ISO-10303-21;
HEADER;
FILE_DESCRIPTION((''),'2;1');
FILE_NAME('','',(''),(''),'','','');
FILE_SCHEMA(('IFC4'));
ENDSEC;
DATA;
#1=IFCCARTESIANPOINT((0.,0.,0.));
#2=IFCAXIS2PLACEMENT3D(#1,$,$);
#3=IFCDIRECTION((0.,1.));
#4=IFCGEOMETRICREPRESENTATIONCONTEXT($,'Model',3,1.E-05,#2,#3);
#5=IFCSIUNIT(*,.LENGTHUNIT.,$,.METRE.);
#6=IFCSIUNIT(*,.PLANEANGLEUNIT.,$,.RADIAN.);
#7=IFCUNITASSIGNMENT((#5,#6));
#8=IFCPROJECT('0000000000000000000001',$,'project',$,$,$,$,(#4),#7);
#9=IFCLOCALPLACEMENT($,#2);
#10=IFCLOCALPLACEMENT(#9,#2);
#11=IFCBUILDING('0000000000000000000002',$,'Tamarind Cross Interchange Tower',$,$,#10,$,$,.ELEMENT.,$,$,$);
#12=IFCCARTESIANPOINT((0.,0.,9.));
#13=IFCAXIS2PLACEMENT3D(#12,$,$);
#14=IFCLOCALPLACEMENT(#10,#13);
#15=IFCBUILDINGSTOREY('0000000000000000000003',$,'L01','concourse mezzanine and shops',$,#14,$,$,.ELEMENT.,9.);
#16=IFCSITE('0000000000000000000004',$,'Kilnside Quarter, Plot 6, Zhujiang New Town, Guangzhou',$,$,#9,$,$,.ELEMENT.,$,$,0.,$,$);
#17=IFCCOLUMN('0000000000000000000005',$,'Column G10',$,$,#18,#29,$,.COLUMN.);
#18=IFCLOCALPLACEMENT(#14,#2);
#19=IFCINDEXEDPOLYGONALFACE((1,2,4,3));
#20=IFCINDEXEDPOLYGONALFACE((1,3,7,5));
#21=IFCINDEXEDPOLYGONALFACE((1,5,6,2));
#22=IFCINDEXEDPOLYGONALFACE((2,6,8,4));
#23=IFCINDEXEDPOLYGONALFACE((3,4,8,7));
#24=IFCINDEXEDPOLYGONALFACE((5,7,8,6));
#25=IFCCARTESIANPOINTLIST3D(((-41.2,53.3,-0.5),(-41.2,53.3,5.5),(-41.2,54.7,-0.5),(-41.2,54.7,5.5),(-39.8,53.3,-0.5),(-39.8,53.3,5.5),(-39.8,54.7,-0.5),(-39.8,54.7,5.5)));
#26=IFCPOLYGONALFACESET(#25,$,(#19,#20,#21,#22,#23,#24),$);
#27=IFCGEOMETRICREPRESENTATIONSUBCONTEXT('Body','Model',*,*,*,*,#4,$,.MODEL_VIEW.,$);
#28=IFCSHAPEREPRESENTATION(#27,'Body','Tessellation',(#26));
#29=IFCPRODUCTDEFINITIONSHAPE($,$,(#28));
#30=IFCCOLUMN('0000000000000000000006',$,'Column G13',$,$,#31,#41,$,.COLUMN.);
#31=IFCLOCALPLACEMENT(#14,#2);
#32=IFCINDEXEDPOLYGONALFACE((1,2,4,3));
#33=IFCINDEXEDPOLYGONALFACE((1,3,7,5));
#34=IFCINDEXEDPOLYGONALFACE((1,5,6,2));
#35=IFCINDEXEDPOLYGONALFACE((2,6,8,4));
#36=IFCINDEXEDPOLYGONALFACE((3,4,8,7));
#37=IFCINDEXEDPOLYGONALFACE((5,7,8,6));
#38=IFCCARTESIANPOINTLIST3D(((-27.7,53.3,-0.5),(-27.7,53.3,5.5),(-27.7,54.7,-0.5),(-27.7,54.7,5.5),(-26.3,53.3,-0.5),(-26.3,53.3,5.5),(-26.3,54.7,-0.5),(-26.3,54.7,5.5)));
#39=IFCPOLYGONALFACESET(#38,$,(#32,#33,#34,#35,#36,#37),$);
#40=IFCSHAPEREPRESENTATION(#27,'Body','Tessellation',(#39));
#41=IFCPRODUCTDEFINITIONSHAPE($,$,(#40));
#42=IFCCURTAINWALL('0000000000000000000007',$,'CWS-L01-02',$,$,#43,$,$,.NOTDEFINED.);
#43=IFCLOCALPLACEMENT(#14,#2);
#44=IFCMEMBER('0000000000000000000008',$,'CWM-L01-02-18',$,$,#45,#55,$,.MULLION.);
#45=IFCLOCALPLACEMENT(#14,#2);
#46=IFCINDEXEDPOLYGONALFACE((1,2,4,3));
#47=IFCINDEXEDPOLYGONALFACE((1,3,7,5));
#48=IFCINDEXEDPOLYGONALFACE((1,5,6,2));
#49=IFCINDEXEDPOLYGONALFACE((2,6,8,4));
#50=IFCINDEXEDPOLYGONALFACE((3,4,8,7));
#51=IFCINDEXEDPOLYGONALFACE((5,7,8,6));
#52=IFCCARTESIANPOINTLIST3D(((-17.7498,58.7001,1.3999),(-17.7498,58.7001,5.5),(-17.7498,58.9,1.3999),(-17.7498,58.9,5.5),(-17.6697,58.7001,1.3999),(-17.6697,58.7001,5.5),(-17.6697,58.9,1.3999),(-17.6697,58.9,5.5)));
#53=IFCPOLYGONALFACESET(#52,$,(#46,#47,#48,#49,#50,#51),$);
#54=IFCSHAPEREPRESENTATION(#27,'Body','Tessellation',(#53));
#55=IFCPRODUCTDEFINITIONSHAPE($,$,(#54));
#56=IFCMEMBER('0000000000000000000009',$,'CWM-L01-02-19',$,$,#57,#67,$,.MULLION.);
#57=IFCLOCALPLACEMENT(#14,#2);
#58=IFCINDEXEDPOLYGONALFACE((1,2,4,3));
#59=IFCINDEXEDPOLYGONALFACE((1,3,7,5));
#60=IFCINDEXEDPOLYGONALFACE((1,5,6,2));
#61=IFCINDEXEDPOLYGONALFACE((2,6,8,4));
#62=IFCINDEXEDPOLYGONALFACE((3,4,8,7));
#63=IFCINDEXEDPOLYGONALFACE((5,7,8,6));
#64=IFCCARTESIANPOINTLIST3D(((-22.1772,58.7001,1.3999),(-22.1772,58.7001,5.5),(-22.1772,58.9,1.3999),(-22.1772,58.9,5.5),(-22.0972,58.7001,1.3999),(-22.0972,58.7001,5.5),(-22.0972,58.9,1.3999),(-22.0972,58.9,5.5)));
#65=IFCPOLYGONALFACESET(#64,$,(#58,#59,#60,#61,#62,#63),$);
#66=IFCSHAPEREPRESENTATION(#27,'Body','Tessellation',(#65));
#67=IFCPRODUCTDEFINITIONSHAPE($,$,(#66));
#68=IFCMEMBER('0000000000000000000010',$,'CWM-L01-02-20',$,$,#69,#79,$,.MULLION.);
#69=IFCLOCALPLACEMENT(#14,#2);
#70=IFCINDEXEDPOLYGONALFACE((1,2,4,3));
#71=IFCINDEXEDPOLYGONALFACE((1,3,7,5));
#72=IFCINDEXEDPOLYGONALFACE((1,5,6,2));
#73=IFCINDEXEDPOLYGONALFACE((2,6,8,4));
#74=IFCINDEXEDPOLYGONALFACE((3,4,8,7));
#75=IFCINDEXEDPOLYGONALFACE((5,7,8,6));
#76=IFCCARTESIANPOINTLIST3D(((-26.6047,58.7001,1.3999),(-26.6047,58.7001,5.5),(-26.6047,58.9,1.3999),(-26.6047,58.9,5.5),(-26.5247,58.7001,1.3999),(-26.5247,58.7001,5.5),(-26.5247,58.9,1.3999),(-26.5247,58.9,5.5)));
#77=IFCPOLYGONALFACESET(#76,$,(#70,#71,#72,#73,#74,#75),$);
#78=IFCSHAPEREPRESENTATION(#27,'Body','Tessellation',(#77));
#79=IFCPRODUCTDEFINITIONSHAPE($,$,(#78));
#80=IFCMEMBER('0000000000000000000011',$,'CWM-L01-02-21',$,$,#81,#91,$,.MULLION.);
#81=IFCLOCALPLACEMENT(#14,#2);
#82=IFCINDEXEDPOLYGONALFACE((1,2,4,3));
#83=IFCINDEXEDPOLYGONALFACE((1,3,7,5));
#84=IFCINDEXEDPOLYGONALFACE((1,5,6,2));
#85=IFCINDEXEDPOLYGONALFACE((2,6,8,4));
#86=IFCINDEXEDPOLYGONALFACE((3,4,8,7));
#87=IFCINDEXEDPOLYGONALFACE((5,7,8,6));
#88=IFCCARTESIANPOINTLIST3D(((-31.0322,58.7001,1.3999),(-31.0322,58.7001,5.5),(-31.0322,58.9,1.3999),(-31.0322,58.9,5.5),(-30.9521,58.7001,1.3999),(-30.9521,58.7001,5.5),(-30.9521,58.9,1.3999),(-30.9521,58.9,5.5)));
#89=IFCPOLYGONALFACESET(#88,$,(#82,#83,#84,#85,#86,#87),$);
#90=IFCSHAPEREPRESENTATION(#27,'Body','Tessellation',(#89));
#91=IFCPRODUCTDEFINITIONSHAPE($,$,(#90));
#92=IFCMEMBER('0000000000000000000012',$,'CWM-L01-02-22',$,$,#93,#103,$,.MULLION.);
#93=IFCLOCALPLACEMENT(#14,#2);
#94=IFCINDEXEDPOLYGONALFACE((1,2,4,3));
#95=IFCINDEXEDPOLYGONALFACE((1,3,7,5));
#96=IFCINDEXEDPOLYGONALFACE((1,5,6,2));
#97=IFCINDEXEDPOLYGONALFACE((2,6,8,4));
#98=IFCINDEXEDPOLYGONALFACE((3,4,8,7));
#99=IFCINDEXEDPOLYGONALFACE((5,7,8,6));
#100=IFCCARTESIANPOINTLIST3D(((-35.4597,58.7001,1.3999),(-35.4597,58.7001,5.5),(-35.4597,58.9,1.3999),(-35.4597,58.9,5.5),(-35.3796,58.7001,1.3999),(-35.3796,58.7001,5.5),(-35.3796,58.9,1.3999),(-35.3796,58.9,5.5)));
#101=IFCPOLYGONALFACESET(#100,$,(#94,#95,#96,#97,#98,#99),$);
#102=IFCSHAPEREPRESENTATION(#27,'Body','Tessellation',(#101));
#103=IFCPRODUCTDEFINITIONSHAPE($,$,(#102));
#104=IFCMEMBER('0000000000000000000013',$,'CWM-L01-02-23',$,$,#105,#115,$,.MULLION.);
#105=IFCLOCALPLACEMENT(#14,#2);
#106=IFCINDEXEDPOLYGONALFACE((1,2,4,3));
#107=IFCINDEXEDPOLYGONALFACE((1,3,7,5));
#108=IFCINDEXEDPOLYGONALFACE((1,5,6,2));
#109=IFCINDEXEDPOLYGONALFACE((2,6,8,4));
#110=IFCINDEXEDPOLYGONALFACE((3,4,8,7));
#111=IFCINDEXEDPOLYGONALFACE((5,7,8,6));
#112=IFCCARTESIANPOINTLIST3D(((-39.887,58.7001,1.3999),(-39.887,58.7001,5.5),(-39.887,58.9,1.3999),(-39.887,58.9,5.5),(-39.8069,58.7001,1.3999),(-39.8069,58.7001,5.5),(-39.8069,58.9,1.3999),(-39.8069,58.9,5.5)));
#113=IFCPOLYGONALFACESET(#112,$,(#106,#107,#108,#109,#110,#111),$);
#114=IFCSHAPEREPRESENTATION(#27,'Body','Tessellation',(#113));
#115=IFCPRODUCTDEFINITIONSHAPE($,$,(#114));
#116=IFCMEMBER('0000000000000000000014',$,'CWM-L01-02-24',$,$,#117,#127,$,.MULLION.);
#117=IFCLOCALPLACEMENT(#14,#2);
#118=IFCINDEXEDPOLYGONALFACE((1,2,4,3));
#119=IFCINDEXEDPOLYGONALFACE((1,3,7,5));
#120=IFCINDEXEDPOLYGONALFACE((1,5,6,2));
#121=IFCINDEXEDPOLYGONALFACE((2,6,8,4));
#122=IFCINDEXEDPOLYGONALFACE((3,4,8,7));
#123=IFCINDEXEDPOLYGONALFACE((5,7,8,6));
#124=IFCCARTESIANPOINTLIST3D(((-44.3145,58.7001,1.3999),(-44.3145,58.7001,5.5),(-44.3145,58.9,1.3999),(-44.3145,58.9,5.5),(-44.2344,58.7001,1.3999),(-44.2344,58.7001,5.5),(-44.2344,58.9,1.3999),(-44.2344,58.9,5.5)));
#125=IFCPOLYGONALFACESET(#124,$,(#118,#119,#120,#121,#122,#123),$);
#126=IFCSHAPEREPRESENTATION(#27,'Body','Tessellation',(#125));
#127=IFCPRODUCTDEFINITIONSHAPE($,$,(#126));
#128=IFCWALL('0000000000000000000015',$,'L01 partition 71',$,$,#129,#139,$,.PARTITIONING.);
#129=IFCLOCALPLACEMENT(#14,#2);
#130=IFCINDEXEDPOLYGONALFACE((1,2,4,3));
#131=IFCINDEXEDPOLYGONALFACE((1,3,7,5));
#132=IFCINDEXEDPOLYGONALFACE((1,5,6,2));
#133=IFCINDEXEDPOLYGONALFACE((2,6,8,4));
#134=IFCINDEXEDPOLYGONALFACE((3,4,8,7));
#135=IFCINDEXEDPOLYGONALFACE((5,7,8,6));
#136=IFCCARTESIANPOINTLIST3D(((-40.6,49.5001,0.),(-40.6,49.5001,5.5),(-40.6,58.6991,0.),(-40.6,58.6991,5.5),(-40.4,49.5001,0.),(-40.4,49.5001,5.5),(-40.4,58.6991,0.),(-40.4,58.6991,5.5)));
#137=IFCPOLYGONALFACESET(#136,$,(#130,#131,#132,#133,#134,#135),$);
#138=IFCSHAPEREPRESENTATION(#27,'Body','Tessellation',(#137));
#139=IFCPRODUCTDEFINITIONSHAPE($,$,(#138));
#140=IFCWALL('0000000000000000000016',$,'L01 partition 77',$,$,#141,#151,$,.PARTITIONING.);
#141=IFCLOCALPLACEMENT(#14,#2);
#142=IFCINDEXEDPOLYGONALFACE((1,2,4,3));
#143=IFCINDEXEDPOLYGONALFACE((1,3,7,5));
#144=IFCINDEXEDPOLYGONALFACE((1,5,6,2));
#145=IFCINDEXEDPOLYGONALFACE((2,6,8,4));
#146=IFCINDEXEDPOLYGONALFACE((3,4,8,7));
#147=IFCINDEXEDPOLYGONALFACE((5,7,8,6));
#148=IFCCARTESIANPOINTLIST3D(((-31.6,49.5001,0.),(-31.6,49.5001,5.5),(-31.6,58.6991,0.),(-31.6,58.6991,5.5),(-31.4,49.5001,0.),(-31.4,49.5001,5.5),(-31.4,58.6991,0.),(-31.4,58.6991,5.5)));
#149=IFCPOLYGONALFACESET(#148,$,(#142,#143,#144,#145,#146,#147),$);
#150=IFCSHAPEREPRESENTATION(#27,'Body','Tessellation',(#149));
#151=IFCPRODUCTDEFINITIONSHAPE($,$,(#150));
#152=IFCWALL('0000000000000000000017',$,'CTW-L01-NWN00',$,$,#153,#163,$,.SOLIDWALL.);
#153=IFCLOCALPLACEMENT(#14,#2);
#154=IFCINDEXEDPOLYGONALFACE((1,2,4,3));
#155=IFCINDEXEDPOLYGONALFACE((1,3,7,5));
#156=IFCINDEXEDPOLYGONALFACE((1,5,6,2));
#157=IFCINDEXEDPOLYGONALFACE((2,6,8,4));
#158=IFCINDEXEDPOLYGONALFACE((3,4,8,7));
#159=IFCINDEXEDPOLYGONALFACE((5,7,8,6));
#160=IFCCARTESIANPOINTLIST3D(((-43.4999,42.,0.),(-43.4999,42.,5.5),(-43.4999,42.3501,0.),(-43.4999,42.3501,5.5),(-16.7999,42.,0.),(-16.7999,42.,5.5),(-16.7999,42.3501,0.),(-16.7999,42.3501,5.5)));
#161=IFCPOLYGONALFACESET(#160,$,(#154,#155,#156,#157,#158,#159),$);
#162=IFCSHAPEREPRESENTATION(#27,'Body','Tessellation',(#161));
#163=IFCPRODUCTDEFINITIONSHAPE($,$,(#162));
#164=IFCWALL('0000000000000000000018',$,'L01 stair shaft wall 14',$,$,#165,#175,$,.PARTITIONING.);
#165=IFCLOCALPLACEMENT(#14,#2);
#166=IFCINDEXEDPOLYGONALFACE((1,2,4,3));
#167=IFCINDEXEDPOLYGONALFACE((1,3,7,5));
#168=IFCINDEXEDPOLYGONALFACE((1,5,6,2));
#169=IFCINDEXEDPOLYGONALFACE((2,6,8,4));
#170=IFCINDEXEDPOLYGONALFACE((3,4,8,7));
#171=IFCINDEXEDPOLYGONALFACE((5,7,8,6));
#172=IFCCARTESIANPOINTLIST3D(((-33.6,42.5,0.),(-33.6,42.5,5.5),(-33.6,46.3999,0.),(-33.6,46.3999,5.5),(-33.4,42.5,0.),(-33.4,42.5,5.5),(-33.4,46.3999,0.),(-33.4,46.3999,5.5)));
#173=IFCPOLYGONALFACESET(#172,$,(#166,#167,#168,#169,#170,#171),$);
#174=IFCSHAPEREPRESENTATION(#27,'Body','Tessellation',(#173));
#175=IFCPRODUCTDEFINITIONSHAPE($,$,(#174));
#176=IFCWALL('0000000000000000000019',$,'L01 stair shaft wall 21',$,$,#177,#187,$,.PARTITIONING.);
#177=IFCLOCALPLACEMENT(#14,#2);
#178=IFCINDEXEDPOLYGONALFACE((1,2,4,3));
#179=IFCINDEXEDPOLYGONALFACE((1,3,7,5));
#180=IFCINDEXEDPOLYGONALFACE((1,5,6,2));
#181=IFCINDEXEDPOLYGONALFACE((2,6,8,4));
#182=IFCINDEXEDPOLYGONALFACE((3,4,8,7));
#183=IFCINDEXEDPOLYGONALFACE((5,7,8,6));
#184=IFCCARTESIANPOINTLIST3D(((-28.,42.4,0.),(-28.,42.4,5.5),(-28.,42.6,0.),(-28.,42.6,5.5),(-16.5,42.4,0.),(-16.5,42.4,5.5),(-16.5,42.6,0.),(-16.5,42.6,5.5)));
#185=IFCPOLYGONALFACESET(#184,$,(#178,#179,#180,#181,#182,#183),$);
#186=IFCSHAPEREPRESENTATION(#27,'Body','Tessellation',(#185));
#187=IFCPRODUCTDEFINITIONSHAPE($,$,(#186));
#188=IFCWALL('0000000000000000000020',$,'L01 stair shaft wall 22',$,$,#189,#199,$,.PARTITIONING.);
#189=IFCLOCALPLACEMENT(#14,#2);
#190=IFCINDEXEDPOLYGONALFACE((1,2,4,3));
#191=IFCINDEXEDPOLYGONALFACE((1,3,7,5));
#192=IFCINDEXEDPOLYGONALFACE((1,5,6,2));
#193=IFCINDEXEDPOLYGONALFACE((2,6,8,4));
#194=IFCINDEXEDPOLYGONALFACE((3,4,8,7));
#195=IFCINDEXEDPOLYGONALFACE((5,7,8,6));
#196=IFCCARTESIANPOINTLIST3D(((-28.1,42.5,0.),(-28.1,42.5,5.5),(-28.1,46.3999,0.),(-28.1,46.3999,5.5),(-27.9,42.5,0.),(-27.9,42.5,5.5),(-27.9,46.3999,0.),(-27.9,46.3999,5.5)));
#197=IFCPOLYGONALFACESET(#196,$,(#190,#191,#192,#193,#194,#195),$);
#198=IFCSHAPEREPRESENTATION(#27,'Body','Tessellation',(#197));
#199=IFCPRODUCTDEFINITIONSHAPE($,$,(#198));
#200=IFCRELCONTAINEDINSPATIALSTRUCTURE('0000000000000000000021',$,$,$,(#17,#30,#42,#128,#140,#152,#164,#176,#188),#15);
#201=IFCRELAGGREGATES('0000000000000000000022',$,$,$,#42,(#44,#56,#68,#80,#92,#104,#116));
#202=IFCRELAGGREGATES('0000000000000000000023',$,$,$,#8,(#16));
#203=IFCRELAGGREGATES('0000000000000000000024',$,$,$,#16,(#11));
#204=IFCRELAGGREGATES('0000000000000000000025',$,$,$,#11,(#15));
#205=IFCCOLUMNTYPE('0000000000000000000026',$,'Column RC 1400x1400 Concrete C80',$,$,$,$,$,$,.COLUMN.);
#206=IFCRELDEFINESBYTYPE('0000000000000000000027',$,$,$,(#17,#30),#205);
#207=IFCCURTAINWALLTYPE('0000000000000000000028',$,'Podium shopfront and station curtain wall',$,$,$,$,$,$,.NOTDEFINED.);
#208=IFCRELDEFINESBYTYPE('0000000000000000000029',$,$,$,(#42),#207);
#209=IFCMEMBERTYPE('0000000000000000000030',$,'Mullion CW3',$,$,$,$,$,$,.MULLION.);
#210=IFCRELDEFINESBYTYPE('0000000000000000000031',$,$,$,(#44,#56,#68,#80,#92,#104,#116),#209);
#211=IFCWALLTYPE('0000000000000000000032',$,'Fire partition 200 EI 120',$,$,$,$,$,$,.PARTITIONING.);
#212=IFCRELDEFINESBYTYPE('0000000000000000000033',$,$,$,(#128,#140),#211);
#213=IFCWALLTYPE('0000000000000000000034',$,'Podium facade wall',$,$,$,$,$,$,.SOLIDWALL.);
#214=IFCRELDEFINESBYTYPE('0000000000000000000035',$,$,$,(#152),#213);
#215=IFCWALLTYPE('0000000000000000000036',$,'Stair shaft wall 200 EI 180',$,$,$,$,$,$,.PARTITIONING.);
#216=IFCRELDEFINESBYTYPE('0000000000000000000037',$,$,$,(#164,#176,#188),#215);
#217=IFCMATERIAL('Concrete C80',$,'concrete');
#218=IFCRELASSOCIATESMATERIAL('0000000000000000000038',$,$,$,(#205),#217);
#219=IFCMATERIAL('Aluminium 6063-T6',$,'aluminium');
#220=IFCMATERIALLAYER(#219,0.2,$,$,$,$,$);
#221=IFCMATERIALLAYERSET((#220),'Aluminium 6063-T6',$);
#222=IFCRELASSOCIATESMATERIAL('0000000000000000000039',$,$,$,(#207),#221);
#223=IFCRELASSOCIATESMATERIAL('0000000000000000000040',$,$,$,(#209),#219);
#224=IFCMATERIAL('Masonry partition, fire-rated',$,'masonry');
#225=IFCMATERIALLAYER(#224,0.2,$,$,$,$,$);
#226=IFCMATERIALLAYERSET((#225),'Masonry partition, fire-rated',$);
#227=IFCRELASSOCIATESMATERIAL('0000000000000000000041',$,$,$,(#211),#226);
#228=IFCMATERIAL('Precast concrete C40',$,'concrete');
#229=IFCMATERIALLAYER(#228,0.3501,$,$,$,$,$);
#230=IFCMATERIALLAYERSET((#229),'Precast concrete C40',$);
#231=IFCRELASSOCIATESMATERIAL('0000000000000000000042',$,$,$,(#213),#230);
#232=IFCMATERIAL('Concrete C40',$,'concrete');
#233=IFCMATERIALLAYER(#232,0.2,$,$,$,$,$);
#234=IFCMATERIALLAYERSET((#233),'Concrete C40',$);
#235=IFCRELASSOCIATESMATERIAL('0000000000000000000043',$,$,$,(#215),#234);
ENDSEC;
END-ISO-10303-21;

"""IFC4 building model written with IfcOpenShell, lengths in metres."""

from ifc_helpers import new_model, si_unit, direction, frame, frame_2d, origin, origin_2d, place, context, subcontext, project, spatial, rectangle, extrude, material, layer, layer_set, material_profile, profile_set, type_object, element, aggregate, save


model = new_model("IFC4")

# Units and contexts
model_context = context("Model", 3, precision=1e-05, world=origin(), true_north=direction((0.0, 1.0)))
body_context = subcontext(model_context, "Body", "Model", "MODEL_VIEW")
ifc_project = project(units=[si_unit("LENGTHUNIT", "METRE"), si_unit("PLANEANGLEUNIT", "RADIAN")], contexts=[model_context])

# Site, building, storey
site_placement = place(None, origin())
site = spatial("IfcSite", under=ifc_project, at=site_placement, Name="Kilnside Quarter, Plot 6, Zhujiang New Town, Guangzhou", CompositionType="ELEMENT", RefElevation=0.0)
building_placement = place(site_placement, origin())
building = spatial("IfcBuilding", under=site, at=building_placement, Name="Tamarind Cross Interchange Tower", CompositionType="ELEMENT")
storey_placement = place(building_placement, frame((0.0, 0.0, 9.0)))
storey = spatial("IfcBuildingStorey", under=building, at=storey_placement, Name="L01", Description="concourse mezzanine and shops", CompositionType="ELEMENT", Elevation=9.0)

# Columns
ifc_material_1 = material(Name="Concrete C80", Category="concrete")
ifc_material_profile_1 = material_profile(ifc_material_1, rectangle(XDim=1.3999, YDim=1.3999, at=origin_2d()), Name="RC 1400x1400")
ifc_profile_set_1 = profile_set([ifc_material_profile_1], Name="Concrete C80")
column_type = type_object("IfcColumnType", Name="Column RC 1400x1400 Concrete C80", PredefinedType="COLUMN", material=ifc_profile_set_1)
for number, where, z_axis, x_axis, name in (
    (1, (-40.5, 54.0, -0.5), (0.0, 0.0, 1.0), (1.0, 0.0, 0.0), "Column G10"),
    (2, (-27.0, 54.0, -0.5), (0.0, 0.0, 1.0), (1.0, 0.0, 0.0), "Column G13"),
):
    element("IfcColumn", number, at=place(storey_placement, frame(where, z_axis=z_axis, x_axis=x_axis)), inside=storey, type_object=column_type, Name=name, PredefinedType="COLUMN", context=body_context, shape_type="SweptSolid", body=[
        extrude(rectangle(XDim=1.3999, YDim=1.3999, at=origin_2d()), origin(), (0.0, 0.0, 1.0), 6.0),
    ])

# Curtain wall, members
ifc_material_2 = material(Name="Aluminium 6063-T6", Category="aluminium")
ifc_layer_1 = layer(ifc_material_2, 0.2)
ifc_layer_set_1 = layer_set([ifc_layer_1], Name="Aluminium 6063-T6")
curtain_wall_type = type_object("IfcCurtainWallType", Name="Podium shopfront and station curtain wall", PredefinedType="NOTDEFINED", material=ifc_layer_set_1)
curtain_wall_placement = place(storey_placement, origin())
curtain_wall = element("IfcCurtainWall", 3, at=curtain_wall_placement, inside=storey, type_object=curtain_wall_type, Name="CWS-L01-02", PredefinedType="NOTDEFINED")
ifc_material_profile_2 = material_profile(ifc_material_2, rectangle(XDim=0.0801, YDim=0.2, at=origin_2d()), Name="Mullion CW3")
ifc_profile_set_2 = profile_set([ifc_material_profile_2], Name="Aluminium 6063-T6")
member_type = type_object("IfcMemberType", Name="Mullion CW3", PredefinedType="MULLION", material=ifc_profile_set_2)
member_1_placement = place(storey_placement, frame((-17.7097, 58.8, 1.3999), z_axis=(0.0, 0.0, 1.0), x_axis=(-1.0, 0.0, 0.0)))
member_1 = element("IfcMember", 4, at=member_1_placement, type_object=member_type, Name="CWM-L01-02-18", PredefinedType="MULLION", context=body_context, shape_type="SweptSolid", body=[
    extrude(rectangle(XDim=0.0801, YDim=0.2, at=origin_2d()), origin(), (0.0, 0.0, 1.0), 4.1001),
])
member_2_placement = place(storey_placement, frame((-22.1372, 58.8, 1.3999), z_axis=(0.0, 0.0, 1.0), x_axis=(-1.0, 0.0, 0.0)))
member_2 = element("IfcMember", 5, at=member_2_placement, type_object=member_type, Name="CWM-L01-02-19", PredefinedType="MULLION", context=body_context, shape_type="SweptSolid", body=[
    extrude(rectangle(XDim=0.0801, YDim=0.2, at=origin_2d()), origin(), (0.0, 0.0, 1.0), 4.1001),
])
member_3_placement = place(storey_placement, frame((-26.5647, 58.8, 1.3999), z_axis=(0.0, 0.0, 1.0), x_axis=(-1.0, 0.0, 0.0)))
member_3 = element("IfcMember", 6, at=member_3_placement, type_object=member_type, Name="CWM-L01-02-20", PredefinedType="MULLION", context=body_context, shape_type="SweptSolid", body=[
    extrude(rectangle(XDim=0.0801, YDim=0.2, at=origin_2d()), origin(), (0.0, 0.0, 1.0), 4.1001),
])
member_4_placement = place(storey_placement, frame((-30.9922, 58.8, 1.3999), z_axis=(0.0, 0.0, 1.0), x_axis=(-1.0, 0.0, 0.0)))
member_4 = element("IfcMember", 7, at=member_4_placement, type_object=member_type, Name="CWM-L01-02-21", PredefinedType="MULLION", context=body_context, shape_type="SweptSolid", body=[
    extrude(rectangle(XDim=0.0801, YDim=0.2, at=origin_2d()), origin(), (0.0, 0.0, 1.0), 4.1001),
])
member_5_placement = place(storey_placement, frame((-35.4197, 58.8, 1.3999), z_axis=(0.0, 0.0, 1.0), x_axis=(-1.0, 0.0, 0.0)))
member_5 = element("IfcMember", 8, at=member_5_placement, type_object=member_type, Name="CWM-L01-02-22", PredefinedType="MULLION", context=body_context, shape_type="SweptSolid", body=[
    extrude(rectangle(XDim=0.0801, YDim=0.2, at=origin_2d()), origin(), (0.0, 0.0, 1.0), 4.1001),
])
member_6_placement = place(storey_placement, frame((-39.8469, 58.8, 1.3999), z_axis=(0.0, 0.0, 1.0), x_axis=(-1.0, 0.0, 0.0)))
member_6 = element("IfcMember", 9, at=member_6_placement, type_object=member_type, Name="CWM-L01-02-23", PredefinedType="MULLION", context=body_context, shape_type="SweptSolid", body=[
    extrude(rectangle(XDim=0.0801, YDim=0.2, at=origin_2d()), origin(), (0.0, 0.0, 1.0), 4.1001),
])
member_7_placement = place(storey_placement, frame((-44.2744, 58.8, 1.3999), z_axis=(0.0, 0.0, 1.0), x_axis=(-1.0, 0.0, 0.0)))
member_7 = element("IfcMember", 10, at=member_7_placement, type_object=member_type, Name="CWM-L01-02-24", PredefinedType="MULLION", context=body_context, shape_type="SweptSolid", body=[
    extrude(rectangle(XDim=0.0801, YDim=0.2, at=origin_2d()), origin(), (0.0, 0.0, 1.0), 4.1001),
])
aggregate(curtain_wall, [member_1, member_2, member_3, member_4, member_5, member_6, member_7])

# Walls
ifc_material_3 = material(Name="Masonry partition, fire-rated", Category="masonry")
ifc_layer_2 = layer(ifc_material_3, 0.2)
ifc_layer_set_2 = layer_set([ifc_layer_2], Name="Masonry partition, fire-rated")
wall_type_1 = type_object("IfcWallType", Name="Fire partition 200 EI 120", PredefinedType="PARTITIONING", material=ifc_layer_set_2)
for number, where, z_axis, x_axis, name in (
    (11, (-40.5, 49.5, 0.0), (0.0, 0.0, 1.0), (0.0, 1.0, 0.0), "L01 partition 71"),
    (12, (-31.5, 49.5, 0.0), (0.0, 0.0, 1.0), (0.0, 1.0, 0.0), "L01 partition 77"),
):
    element("IfcWall", number, at=place(storey_placement, frame(where, z_axis=z_axis, x_axis=x_axis)), inside=storey, type_object=wall_type_1, Name=name, PredefinedType="PARTITIONING", context=body_context, shape_type="SweptSolid", body=[
        extrude(rectangle(XDim=9.199, YDim=0.2, at=frame_2d((4.5996, 0.0))), origin(), (0.0, 0.0, 1.0), 5.5),
    ])
ifc_material_4 = material(Name="Precast concrete C40", Category="concrete")
ifc_layer_3 = layer(ifc_material_4, 0.3501)
ifc_layer_set_3 = layer_set([ifc_layer_3], Name="Precast concrete C40")
wall_type_2 = type_object("IfcWallType", Name="Podium facade wall", PredefinedType="SOLIDWALL", material=ifc_layer_set_3)
wall_1_placement = place(storey_placement, frame((-43.5, 42.175, 0.0), z_axis=(0.0, 0.0, 1.0), x_axis=(1.0, 0.0, 0.0)))
element("IfcWall", 13, at=wall_1_placement, inside=storey, type_object=wall_type_2, Name="CTW-L01-NWN00", PredefinedType="SOLIDWALL", context=body_context, shape_type="SweptSolid", body=[
    extrude(rectangle(XDim=26.7, YDim=0.3501, at=frame_2d((13.3501, 0.0))), origin(), (0.0, 0.0, 1.0), 5.5),
])
ifc_material_5 = material(Name="Concrete C40", Category="concrete")
ifc_layer_4 = layer(ifc_material_5, 0.2)
ifc_layer_set_4 = layer_set([ifc_layer_4], Name="Concrete C40")
wall_type_3 = type_object("IfcWallType", Name="Stair shaft wall 200 EI 180", PredefinedType="PARTITIONING", material=ifc_layer_set_4)
wall_2_placement = place(storey_placement, frame((-33.5, 42.5, 0.0), z_axis=(0.0, 0.0, 1.0), x_axis=(0.0, 1.0, 0.0)))
element("IfcWall", 14, at=wall_2_placement, inside=storey, type_object=wall_type_3, Name="L01 stair shaft wall 14", PredefinedType="PARTITIONING", context=body_context, shape_type="SweptSolid", body=[
    extrude(rectangle(XDim=3.8999, YDim=0.2, at=frame_2d((1.95, 0.0))), origin(), (0.0, 0.0, 1.0), 5.5),
])
wall_3_placement = place(storey_placement, frame((-28.0, 42.5, 0.0), z_axis=(0.0, 0.0, 1.0), x_axis=(1.0, 0.0, 0.0)))
element("IfcWall", 15, at=wall_3_placement, inside=storey, type_object=wall_type_3, Name="L01 stair shaft wall 21", PredefinedType="PARTITIONING", context=body_context, shape_type="SweptSolid", body=[
    extrude(rectangle(XDim=11.5, YDim=0.2, at=frame_2d((5.75, 0.0))), origin(), (0.0, 0.0, 1.0), 5.5),
])
wall_4_placement = place(storey_placement, frame((-28.0, 42.5, 0.0), z_axis=(0.0, 0.0, 1.0), x_axis=(0.0, 1.0, 0.0)))
element("IfcWall", 16, at=wall_4_placement, inside=storey, type_object=wall_type_3, Name="L01 stair shaft wall 22", PredefinedType="PARTITIONING", context=body_context, shape_type="SweptSolid", body=[
    extrude(rectangle(XDim=3.8999, YDim=0.2, at=frame_2d((1.95, 0.0))), origin(), (0.0, 0.0, 1.0), 5.5),
])

save(model, "model.ifc")
